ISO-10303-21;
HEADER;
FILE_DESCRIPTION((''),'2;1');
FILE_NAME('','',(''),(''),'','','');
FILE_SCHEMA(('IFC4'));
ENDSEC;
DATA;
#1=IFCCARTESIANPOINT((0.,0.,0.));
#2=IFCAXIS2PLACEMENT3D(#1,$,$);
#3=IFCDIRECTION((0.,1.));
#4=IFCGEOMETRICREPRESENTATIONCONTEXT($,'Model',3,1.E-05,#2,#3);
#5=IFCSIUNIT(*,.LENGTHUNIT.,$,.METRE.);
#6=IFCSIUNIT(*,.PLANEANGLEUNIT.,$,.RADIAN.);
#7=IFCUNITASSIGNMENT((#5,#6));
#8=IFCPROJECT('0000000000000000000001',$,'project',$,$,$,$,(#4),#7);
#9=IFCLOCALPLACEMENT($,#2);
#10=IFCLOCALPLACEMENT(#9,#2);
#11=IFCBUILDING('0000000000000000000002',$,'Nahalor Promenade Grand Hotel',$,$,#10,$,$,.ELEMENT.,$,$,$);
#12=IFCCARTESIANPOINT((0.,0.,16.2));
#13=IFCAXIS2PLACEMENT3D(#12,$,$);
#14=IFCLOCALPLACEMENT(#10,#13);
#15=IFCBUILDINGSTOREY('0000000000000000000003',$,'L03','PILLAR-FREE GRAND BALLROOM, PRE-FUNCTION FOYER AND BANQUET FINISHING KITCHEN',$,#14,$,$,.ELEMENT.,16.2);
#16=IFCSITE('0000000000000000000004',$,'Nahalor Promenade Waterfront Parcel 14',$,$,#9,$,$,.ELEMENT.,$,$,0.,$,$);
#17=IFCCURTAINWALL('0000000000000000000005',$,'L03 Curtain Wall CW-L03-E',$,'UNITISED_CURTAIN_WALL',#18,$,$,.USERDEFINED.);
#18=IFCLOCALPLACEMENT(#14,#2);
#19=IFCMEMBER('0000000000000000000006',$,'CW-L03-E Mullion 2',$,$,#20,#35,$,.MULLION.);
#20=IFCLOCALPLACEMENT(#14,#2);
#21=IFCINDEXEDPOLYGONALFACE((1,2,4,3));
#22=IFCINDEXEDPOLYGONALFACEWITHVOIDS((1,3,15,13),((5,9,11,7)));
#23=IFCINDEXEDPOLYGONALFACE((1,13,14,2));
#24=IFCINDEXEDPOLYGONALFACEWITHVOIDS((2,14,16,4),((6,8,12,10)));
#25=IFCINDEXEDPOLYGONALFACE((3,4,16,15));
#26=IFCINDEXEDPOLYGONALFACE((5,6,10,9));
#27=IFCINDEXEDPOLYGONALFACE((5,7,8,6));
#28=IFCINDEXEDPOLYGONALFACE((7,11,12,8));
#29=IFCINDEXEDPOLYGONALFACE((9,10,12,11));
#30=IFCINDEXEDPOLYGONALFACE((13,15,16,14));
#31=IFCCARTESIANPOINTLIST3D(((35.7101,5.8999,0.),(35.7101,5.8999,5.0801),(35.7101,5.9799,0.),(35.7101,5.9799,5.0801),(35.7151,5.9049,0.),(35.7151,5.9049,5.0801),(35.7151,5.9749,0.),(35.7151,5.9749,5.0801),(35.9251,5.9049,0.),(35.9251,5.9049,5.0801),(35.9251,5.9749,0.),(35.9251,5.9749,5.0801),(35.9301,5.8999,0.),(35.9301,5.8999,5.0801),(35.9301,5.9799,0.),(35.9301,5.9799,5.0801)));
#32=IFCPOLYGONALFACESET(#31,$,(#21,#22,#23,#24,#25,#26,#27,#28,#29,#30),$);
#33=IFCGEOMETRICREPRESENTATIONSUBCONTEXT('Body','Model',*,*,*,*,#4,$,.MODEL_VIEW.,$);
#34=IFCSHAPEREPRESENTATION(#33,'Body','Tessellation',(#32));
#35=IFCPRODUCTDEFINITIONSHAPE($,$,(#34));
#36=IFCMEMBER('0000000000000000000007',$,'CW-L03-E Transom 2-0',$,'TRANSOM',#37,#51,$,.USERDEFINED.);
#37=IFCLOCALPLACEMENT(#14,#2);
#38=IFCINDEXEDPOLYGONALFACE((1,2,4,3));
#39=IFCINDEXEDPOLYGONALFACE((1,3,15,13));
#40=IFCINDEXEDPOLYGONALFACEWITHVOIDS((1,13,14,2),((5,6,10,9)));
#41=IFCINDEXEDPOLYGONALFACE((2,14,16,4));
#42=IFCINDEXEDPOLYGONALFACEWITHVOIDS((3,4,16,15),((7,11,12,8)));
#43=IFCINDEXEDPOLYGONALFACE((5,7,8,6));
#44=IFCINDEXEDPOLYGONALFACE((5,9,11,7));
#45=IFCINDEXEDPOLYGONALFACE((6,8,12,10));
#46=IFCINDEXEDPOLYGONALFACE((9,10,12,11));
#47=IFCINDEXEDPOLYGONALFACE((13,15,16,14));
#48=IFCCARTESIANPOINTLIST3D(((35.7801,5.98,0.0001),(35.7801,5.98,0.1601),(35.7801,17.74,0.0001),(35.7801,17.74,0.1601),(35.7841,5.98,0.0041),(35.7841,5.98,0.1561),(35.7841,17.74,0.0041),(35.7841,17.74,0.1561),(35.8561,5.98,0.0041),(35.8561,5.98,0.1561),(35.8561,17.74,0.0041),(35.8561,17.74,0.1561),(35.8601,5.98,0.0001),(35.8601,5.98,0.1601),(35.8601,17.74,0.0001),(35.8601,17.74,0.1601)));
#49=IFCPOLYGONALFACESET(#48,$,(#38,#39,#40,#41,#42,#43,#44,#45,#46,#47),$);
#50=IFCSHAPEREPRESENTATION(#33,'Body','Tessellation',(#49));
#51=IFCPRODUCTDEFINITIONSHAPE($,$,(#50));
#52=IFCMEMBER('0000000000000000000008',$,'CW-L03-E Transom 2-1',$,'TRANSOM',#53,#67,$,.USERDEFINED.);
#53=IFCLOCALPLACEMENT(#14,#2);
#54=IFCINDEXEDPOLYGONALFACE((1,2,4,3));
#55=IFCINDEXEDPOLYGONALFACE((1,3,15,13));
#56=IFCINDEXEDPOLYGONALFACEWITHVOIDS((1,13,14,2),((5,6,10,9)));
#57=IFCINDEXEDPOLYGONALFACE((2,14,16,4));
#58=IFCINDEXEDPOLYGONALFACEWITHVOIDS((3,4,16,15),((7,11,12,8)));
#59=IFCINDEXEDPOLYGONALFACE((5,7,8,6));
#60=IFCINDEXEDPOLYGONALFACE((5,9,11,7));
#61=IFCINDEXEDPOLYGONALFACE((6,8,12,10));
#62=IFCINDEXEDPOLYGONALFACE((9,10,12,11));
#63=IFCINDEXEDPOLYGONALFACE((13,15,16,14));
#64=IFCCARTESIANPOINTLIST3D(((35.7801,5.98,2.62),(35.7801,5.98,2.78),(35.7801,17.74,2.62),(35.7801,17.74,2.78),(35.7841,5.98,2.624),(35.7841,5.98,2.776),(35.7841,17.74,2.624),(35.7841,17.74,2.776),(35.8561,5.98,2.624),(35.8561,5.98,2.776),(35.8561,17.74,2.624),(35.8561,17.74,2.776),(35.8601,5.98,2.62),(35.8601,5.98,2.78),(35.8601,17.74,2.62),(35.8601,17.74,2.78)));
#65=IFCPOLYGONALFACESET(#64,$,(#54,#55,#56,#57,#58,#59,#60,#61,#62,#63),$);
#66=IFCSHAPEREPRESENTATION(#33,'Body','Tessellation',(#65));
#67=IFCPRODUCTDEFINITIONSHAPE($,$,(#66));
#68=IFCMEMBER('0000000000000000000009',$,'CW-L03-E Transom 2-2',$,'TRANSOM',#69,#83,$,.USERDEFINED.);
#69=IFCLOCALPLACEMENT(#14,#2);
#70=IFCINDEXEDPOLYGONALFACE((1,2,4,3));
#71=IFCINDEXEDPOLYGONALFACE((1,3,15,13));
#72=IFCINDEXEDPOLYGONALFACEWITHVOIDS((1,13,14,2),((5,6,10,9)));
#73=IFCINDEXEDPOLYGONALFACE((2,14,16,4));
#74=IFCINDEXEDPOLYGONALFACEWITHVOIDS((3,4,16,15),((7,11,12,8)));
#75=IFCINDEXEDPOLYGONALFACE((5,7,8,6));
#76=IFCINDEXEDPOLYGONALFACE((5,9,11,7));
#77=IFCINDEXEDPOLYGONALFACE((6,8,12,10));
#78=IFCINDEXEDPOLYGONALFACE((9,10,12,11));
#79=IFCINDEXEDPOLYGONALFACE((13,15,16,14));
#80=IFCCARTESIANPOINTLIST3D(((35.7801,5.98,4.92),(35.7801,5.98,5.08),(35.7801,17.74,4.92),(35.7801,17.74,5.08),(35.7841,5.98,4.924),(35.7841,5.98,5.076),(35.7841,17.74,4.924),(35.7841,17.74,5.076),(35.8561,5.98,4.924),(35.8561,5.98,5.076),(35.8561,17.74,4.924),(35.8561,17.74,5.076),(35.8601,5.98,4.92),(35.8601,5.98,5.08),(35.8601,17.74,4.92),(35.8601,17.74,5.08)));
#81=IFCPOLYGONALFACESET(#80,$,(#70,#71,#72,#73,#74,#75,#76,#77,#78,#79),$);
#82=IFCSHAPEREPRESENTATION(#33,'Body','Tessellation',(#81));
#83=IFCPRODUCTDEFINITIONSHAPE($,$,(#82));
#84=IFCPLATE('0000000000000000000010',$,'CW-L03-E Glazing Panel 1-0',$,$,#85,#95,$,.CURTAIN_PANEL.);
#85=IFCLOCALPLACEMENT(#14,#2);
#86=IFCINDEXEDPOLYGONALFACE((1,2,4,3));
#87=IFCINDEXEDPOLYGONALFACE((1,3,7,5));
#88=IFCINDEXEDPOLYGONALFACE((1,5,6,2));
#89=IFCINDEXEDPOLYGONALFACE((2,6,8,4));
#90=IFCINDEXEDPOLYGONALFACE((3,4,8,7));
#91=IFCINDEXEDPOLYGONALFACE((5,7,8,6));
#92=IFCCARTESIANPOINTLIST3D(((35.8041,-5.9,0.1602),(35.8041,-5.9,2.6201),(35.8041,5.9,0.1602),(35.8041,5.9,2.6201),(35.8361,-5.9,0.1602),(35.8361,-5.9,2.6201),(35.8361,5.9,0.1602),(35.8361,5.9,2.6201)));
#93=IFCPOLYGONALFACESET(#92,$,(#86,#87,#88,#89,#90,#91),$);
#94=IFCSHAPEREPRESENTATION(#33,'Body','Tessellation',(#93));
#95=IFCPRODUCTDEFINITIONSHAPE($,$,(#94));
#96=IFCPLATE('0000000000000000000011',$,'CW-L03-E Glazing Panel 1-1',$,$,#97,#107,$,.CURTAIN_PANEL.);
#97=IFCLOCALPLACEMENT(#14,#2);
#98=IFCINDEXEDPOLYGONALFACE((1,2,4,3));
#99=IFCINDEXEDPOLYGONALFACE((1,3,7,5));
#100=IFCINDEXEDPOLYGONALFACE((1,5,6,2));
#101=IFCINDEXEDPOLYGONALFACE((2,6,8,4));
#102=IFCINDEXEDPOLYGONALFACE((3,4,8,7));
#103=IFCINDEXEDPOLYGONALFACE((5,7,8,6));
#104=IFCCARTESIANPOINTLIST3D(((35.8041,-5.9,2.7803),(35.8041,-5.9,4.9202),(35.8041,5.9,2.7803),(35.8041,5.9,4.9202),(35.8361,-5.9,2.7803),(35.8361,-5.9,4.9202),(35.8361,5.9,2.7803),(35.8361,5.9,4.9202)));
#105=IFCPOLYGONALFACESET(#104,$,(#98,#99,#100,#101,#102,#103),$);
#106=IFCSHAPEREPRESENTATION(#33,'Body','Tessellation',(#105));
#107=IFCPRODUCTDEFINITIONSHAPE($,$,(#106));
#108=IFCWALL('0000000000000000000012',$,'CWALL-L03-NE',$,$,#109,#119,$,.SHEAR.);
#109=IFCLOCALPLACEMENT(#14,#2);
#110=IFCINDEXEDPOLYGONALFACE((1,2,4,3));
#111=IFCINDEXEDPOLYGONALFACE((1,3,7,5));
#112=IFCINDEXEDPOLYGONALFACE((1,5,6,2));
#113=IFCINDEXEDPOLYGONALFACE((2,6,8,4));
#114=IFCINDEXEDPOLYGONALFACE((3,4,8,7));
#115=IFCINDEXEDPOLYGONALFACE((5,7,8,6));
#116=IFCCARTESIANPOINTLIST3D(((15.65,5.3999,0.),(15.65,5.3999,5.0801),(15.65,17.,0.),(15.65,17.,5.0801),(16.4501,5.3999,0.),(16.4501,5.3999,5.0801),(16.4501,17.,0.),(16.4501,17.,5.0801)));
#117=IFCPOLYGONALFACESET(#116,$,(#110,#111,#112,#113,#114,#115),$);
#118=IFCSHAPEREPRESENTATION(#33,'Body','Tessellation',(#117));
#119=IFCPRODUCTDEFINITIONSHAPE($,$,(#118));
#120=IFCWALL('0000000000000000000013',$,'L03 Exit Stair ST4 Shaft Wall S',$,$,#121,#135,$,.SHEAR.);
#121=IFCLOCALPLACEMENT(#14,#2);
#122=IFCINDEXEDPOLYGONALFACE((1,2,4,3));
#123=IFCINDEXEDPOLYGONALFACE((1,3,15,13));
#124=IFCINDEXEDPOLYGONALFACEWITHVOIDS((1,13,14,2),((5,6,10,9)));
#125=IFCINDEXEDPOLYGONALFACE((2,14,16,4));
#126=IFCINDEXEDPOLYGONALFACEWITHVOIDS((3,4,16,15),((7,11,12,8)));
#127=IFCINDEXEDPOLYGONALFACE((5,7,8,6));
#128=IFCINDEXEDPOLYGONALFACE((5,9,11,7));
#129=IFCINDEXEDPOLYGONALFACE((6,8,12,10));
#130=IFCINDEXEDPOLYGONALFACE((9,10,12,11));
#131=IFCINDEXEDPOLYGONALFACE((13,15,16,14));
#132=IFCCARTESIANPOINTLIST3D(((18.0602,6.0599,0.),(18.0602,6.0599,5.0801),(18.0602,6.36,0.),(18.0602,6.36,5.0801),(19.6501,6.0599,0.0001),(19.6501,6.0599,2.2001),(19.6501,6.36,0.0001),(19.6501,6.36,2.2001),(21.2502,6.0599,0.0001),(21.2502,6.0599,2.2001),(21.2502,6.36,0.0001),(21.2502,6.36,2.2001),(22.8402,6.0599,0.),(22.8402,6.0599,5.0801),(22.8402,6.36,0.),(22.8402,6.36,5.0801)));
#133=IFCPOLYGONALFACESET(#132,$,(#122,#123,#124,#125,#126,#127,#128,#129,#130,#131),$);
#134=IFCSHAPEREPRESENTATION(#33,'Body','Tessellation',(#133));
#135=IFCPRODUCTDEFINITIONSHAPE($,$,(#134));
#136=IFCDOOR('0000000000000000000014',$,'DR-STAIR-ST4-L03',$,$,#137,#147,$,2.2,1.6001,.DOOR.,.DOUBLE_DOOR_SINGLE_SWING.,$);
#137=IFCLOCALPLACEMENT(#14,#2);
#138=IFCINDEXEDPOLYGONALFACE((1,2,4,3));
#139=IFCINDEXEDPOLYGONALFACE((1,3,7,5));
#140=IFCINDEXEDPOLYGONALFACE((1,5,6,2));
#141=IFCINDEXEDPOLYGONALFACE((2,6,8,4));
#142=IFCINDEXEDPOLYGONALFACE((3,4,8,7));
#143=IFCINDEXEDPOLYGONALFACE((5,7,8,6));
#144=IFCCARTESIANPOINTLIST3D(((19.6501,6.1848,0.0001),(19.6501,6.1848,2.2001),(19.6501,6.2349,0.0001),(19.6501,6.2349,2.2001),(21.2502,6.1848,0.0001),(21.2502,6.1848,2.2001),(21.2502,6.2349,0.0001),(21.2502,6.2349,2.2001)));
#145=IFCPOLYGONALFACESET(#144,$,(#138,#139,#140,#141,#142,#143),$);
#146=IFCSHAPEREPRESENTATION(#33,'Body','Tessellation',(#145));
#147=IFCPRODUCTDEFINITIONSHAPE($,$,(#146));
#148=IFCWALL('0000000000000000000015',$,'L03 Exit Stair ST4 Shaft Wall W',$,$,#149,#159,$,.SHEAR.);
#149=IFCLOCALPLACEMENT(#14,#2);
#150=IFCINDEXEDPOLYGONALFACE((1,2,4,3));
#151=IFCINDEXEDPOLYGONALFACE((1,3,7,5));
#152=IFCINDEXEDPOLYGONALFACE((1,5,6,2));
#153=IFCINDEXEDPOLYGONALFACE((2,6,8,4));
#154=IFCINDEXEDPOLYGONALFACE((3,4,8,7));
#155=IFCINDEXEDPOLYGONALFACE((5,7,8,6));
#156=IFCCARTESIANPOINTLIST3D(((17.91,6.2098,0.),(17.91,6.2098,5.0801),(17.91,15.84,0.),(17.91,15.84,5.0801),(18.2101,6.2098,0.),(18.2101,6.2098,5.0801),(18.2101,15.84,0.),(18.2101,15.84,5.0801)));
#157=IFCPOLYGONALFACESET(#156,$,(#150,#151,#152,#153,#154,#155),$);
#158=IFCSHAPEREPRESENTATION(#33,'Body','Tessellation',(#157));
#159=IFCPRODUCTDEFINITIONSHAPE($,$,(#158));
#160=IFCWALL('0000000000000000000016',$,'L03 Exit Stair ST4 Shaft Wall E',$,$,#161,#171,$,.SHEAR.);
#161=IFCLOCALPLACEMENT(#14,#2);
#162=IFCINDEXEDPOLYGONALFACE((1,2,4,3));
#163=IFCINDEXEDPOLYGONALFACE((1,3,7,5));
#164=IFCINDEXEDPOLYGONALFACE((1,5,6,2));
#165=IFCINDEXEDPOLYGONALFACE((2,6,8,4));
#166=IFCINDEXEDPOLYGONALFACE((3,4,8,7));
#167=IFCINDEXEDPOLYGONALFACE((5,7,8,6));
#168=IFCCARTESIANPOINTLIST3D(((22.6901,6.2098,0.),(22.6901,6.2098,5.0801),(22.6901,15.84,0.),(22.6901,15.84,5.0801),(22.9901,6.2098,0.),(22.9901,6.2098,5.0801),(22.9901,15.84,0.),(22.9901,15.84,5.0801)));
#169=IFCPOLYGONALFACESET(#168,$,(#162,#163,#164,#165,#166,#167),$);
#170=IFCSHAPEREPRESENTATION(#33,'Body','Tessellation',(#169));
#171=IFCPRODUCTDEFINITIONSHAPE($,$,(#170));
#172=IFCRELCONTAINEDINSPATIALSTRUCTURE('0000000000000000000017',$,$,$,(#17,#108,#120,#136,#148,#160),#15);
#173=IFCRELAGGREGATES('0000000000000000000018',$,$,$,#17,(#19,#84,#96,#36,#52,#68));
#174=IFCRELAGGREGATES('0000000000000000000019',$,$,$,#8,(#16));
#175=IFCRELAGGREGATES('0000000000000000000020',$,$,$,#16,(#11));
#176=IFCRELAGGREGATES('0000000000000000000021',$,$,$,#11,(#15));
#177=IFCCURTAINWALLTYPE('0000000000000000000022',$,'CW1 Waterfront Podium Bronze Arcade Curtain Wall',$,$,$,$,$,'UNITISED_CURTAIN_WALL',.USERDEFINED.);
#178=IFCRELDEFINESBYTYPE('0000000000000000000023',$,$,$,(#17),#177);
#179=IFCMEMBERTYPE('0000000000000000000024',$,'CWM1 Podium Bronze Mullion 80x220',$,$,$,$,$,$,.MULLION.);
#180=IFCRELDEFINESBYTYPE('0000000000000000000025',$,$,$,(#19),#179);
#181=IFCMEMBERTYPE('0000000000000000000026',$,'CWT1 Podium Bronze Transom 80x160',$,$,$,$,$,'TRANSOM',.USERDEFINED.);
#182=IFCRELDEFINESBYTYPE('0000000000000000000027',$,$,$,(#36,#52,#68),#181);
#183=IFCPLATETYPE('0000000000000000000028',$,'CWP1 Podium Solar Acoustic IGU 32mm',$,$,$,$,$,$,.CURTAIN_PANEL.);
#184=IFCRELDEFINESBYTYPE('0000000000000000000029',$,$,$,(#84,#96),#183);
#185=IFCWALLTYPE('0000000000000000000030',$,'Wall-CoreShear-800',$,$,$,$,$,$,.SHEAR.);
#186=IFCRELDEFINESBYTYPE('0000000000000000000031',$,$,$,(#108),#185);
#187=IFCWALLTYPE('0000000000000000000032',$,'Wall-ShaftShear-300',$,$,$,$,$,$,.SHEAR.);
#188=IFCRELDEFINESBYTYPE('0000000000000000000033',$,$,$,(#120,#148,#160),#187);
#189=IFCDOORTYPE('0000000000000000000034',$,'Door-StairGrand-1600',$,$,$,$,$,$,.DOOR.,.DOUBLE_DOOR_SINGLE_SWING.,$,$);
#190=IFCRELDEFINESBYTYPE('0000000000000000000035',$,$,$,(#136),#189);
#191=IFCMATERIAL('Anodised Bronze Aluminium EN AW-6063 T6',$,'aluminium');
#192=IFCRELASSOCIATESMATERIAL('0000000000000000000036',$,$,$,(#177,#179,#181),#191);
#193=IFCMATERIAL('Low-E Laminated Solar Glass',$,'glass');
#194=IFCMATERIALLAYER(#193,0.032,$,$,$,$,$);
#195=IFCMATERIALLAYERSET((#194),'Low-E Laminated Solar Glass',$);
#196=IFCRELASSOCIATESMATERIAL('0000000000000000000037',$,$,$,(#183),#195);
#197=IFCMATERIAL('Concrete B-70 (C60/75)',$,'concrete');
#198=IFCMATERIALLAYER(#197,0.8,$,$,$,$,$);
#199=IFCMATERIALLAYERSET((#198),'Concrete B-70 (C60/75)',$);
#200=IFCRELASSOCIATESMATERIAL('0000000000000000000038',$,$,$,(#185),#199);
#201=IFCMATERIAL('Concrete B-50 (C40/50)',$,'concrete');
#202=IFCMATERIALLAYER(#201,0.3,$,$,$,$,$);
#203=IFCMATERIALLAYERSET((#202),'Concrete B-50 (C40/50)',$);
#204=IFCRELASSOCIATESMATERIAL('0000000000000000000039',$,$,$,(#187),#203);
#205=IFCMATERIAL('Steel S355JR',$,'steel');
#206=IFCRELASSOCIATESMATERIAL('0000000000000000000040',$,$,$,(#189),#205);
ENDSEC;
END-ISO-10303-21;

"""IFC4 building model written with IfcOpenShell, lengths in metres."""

from ifc_helpers import new_model, si_unit, direction, frame, frame_2d, origin, origin_2d, place, context, subcontext, project, spatial, rectangle, hollow_rectangle, extrude, source, transform, mapped, material, layer, layer_set, material_profile, profile_set, type_object, element, fill, aggregate, save


model = new_model("IFC4")

# Units and contexts
model_context = context("Model", 3, precision=1e-05, world=origin(), true_north=direction((0.0, 1.0)))
body_context = subcontext(model_context, "Body", "Model", "MODEL_VIEW")
ifc_project = project(units=[si_unit("LENGTHUNIT", "METRE"), si_unit("PLANEANGLEUNIT", "RADIAN")], contexts=[model_context])

# Site, building, storey
site_placement = place(None, origin())
site = spatial("IfcSite", under=ifc_project, at=site_placement, Name="Nahalor Promenade Waterfront Parcel 14", CompositionType="ELEMENT", RefElevation=0.0)
building_placement = place(site_placement, origin())
building = spatial("IfcBuilding", under=site, at=building_placement, Name="Nahalor Promenade Grand Hotel", CompositionType="ELEMENT")
storey_placement = place(building_placement, frame((0.0, 0.0, 16.2)))
storey = spatial("IfcBuildingStorey", under=building, at=storey_placement, Name="L03", Description="PILLAR-FREE GRAND BALLROOM, PRE-FUNCTION FOYER AND BANQUET FINISHING KITCHEN", CompositionType="ELEMENT", Elevation=16.2)

# Shared definitions
ifc_material_1 = material(Name="Steel S355JR", Category="steel")

# Curtain wall, members, plates
ifc_material_2 = material(Name="Anodised Bronze Aluminium EN AW-6063 T6", Category="aluminium")
curtain_wall_type = type_object("IfcCurtainWallType", Name="CW1 Waterfront Podium Bronze Arcade Curtain Wall", ElementType="UNITISED_CURTAIN_WALL", PredefinedType="USERDEFINED", material=ifc_material_2)
curtain_wall_placement = place(storey_placement, origin())
curtain_wall = element("IfcCurtainWall", 1, at=curtain_wall_placement, inside=storey, type_object=curtain_wall_type, Name="L03 Curtain Wall CW-L03-E", ObjectType="UNITISED_CURTAIN_WALL", PredefinedType="USERDEFINED")
ifc_material_profile_1 = material_profile(ifc_material_2, hollow_rectangle(XDim=0.08, YDim=0.22, WallThickness=0.005, at=origin_2d()), Name="CWM 80x220x5")
ifc_profile_set_1 = profile_set([ifc_material_profile_1], Name="Anodised Bronze Aluminium EN AW-6063 T6")
member_type_1 = type_object("IfcMemberType", Name="CWM1 Podium Bronze Mullion 80x220", PredefinedType="MULLION", material=ifc_profile_set_1)
shared_shape_1 = source(origin(), body_context, "Body", "SweptSolid", [
    extrude(hollow_rectangle(XDim=0.08, YDim=0.22, WallThickness=0.005, at=origin_2d()), origin(), (0.0, 0.0, 1.0), 5.0801),
])
member_1_placement = place(storey_placement, frame((35.8201, 5.9399, 0.0), z_axis=(0.0, 0.0, 1.0), x_axis=(0.0, 1.0, 0.0)))
member_1 = element("IfcMember", 2, at=member_1_placement, type_object=member_type_1, Name="CW-L03-E Mullion 2", PredefinedType="MULLION", context=body_context, shape_type="MappedRepresentation", body=[
    mapped(shared_shape_1, transform((0.0, 0.0, 0.0), scale=1.0)),
])
ifc_material_profile_2 = material_profile(ifc_material_2, hollow_rectangle(XDim=0.08, YDim=0.16, WallThickness=0.004, at=origin_2d()), Name="CWT 80x160x4")
ifc_profile_set_2 = profile_set([ifc_material_profile_2], Name="Anodised Bronze Aluminium EN AW-6063 T6")
member_type_2 = type_object("IfcMemberType", Name="CWT1 Podium Bronze Transom 80x160", ElementType="TRANSOM", PredefinedType="USERDEFINED", material=ifc_profile_set_2)
shared_shape_2 = source(origin(), body_context, "Body", "SweptSolid", [
    extrude(hollow_rectangle(XDim=0.08, YDim=0.16, WallThickness=0.004, at=origin_2d()), origin(), (0.0, 0.0, 1.0), 11.76),
])
member_2_placement = place(storey_placement, frame((35.8201, 5.98, 0.0801), z_axis=(0.0, 1.0, 0.0), x_axis=(-1.0, 0.0, 0.0)))
member_2 = element("IfcMember", 3, at=member_2_placement, type_object=member_type_2, Name="CW-L03-E Transom 2-0", ObjectType="TRANSOM", PredefinedType="USERDEFINED", context=body_context, shape_type="MappedRepresentation", body=[
    mapped(shared_shape_2, transform((0.0, 0.0, 0.0), scale=1.0)),
])
member_3_placement = place(storey_placement, frame((35.8201, 5.98, 2.7), z_axis=(0.0, 1.0, 0.0), x_axis=(-1.0, 0.0, 0.0)))
member_3 = element("IfcMember", 4, at=member_3_placement, type_object=member_type_2, Name="CW-L03-E Transom 2-1", ObjectType="TRANSOM", PredefinedType="USERDEFINED", context=body_context, shape_type="MappedRepresentation", body=[
    mapped(shared_shape_2, transform((0.0, 0.0, 0.0), scale=1.0)),
])
member_4_placement = place(storey_placement, frame((35.8201, 5.98, 5.0), z_axis=(0.0, 1.0, 0.0), x_axis=(-1.0, 0.0, 0.0)))
member_4 = element("IfcMember", 5, at=member_4_placement, type_object=member_type_2, Name="CW-L03-E Transom 2-2", ObjectType="TRANSOM", PredefinedType="USERDEFINED", context=body_context, shape_type="MappedRepresentation", body=[
    mapped(shared_shape_2, transform((0.0, 0.0, 0.0), scale=1.0)),
])
ifc_material_3 = material(Name="Low-E Laminated Solar Glass", Category="glass")
ifc_layer_1 = layer(ifc_material_3, 0.032)
ifc_layer_set_1 = layer_set([ifc_layer_1], Name="Low-E Laminated Solar Glass")
plate_type = type_object("IfcPlateType", Name="CWP1 Podium Solar Acoustic IGU 32mm", PredefinedType="CURTAIN_PANEL", material=ifc_layer_set_1)
shared_shape_3 = source(origin(), body_context, "Body", "SweptSolid", [
    extrude(rectangle(XDim=11.8, YDim=0.032, at=origin_2d()), origin(), (0.0, 0.0, 1.0), 2.46),
])
plate_1_placement = place(storey_placement, frame((35.8201, 0.0, 0.1602), z_axis=(0.0, 0.0, 1.0), x_axis=(0.0, 1.0, 0.0)))
plate_1 = element("IfcPlate", 6, at=plate_1_placement, type_object=plate_type, Name="CW-L03-E Glazing Panel 1-0", PredefinedType="CURTAIN_PANEL", context=body_context, shape_type="MappedRepresentation", body=[
    mapped(shared_shape_3, transform((0.0, 0.0, 0.0), scale=1.0)),
])
shared_shape_4 = source(origin(), body_context, "Body", "SweptSolid", [
    extrude(rectangle(XDim=11.8, YDim=0.032, at=origin_2d()), origin(), (0.0, 0.0, 1.0), 2.1399),
])
plate_2_placement = place(storey_placement, frame((35.8201, 0.0, 2.7803), z_axis=(0.0, 0.0, 1.0), x_axis=(0.0, 1.0, 0.0)))
plate_2 = element("IfcPlate", 7, at=plate_2_placement, type_object=plate_type, Name="CW-L03-E Glazing Panel 1-1", PredefinedType="CURTAIN_PANEL", context=body_context, shape_type="MappedRepresentation", body=[
    mapped(shared_shape_4, transform((0.0, 0.0, 0.0), scale=1.0)),
])
aggregate(curtain_wall, [member_1, plate_1, plate_2, member_2, member_3, member_4])

# Wall
ifc_material_4 = material(Name="Concrete B-70 (C60/75)", Category="concrete")
ifc_layer_2 = layer(ifc_material_4, 0.8)
ifc_layer_set_2 = layer_set([ifc_layer_2], Name="Concrete B-70 (C60/75)")
wall_type_1 = type_object("IfcWallType", Name="Wall-CoreShear-800", PredefinedType="SHEAR", material=ifc_layer_set_2)
shared_shape_5 = source(origin(), body_context, "Body", "SweptSolid", [
    extrude(rectangle(XDim=11.6001, YDim=0.8, at=frame_2d((5.8, 0.0))), origin(), (0.0, 0.0, 1.0), 5.0801),
])
wall_1_placement = place(storey_placement, frame((16.05, 5.3999, 0.0), z_axis=(0.0, 0.0, 1.0), x_axis=(0.0, 1.0, 0.0)))
element("IfcWall", 8, at=wall_1_placement, inside=storey, type_object=wall_type_1, Name="CWALL-L03-NE", PredefinedType="SHEAR", context=body_context, shape_type="MappedRepresentation", body=[
    mapped(shared_shape_5, transform((0.0, 0.0, 0.0), scale=1.0)),
])

# Wall, opening, door
ifc_material_5 = material(Name="Concrete B-50 (C40/50)", Category="concrete")
ifc_layer_3 = layer(ifc_material_5, 0.3)
ifc_layer_set_3 = layer_set([ifc_layer_3], Name="Concrete B-50 (C40/50)")
wall_type_2 = type_object("IfcWallType", Name="Wall-ShaftShear-300", PredefinedType="SHEAR", material=ifc_layer_set_3)
shared_shape_6 = source(origin(), body_context, "Body", "SweptSolid", [
    extrude(rectangle(XDim=4.78, YDim=0.3, at=frame_2d((2.3901, 0.0))), origin(), (0.0, 0.0, 1.0), 5.0801),
])
wall_2_placement = place(storey_placement, frame((18.0601, 6.21, 0.0), z_axis=(0.0, 0.0, 1.0), x_axis=(1.0, 0.0, 0.0)))
wall_2 = element("IfcWall", 9, at=wall_2_placement, inside=storey, type_object=wall_type_2, Name="L03 Exit Stair ST4 Shaft Wall S", PredefinedType="SHEAR", context=body_context, shape_type="MappedRepresentation", body=[
    mapped(shared_shape_6, transform((0.0, 0.0, 0.0), scale=1.0)),
])
opening_1_placement = place(wall_2_placement, frame((1.5901, 0.0, 0.0)))
opening_1 = element("IfcOpeningElement", 10, at=opening_1_placement, cuts=wall_2, PredefinedType="OPENING", context=body_context, shape_type="SweptSolid", body=[
    extrude(rectangle(XDim=1.6001, YDim=2.2, at=frame_2d((0.8, 1.1001))), frame((0.0, 0.1599, 0.0), z_axis=(0.0, -1.0, 0.0), x_axis=(1.0, 0.0, 0.0)), (0.0, 0.0, 1.0), 0.3201),
])
door_type_1 = type_object("IfcDoorType", Name="Door-StairGrand-1600", OperationType="DOUBLE_DOOR_SINGLE_SWING", PredefinedType="DOOR", material=ifc_material_1)
shared_shape_7 = source(origin(), body_context, "Body", "SweptSolid", [
    extrude(rectangle(XDim=1.6001, YDim=2.2, at=frame_2d((0.8, 1.1001))), frame((0.0, 0.0249, 0.0), z_axis=(0.0, -1.0, 0.0), x_axis=(1.0, 0.0, 0.0)), (0.0, 0.0, 1.0), 0.05),
])
door_1_placement = place(opening_1_placement, origin())
door_1 = element("IfcDoor", 11, at=door_1_placement, inside=storey, type_object=door_type_1, Name="DR-STAIR-ST4-L03", OperationType="DOUBLE_DOOR_SINGLE_SWING", OverallHeight=2.2, OverallWidth=1.6001, PredefinedType="DOOR", context=body_context, shape_type="MappedRepresentation", body=[
    mapped(shared_shape_7, transform((0.0, 0.0, 0.0), scale=1.0)),
])
fill(opening_1, door_1)

# Walls
shared_shape_8 = source(origin(), body_context, "Body", "SweptSolid", [
    extrude(rectangle(XDim=9.6301, YDim=0.3, at=frame_2d((4.8149, 0.0))), origin(), (0.0, 0.0, 1.0), 5.0801),
])
for number, where, z_axis, x_axis, name in (
    (12, (18.0601, 6.21, 0.0), (0.0, 0.0, 1.0), (0.0, 1.0, 0.0), "L03 Exit Stair ST4 Shaft Wall W"),
    (13, (22.8401, 6.21, 0.0), (0.0, 0.0, 1.0), (0.0, 1.0, 0.0), "L03 Exit Stair ST4 Shaft Wall E"),
):
    element("IfcWall", number, at=place(storey_placement, frame(where, z_axis=z_axis, x_axis=x_axis)), inside=storey, type_object=wall_type_2, Name=name, PredefinedType="SHEAR", context=body_context, shape_type="MappedRepresentation", body=[
        mapped(shared_shape_8, transform((0.0, 0.0, 0.0), scale=1.0)),
    ])

save(model, "model.ifc")
